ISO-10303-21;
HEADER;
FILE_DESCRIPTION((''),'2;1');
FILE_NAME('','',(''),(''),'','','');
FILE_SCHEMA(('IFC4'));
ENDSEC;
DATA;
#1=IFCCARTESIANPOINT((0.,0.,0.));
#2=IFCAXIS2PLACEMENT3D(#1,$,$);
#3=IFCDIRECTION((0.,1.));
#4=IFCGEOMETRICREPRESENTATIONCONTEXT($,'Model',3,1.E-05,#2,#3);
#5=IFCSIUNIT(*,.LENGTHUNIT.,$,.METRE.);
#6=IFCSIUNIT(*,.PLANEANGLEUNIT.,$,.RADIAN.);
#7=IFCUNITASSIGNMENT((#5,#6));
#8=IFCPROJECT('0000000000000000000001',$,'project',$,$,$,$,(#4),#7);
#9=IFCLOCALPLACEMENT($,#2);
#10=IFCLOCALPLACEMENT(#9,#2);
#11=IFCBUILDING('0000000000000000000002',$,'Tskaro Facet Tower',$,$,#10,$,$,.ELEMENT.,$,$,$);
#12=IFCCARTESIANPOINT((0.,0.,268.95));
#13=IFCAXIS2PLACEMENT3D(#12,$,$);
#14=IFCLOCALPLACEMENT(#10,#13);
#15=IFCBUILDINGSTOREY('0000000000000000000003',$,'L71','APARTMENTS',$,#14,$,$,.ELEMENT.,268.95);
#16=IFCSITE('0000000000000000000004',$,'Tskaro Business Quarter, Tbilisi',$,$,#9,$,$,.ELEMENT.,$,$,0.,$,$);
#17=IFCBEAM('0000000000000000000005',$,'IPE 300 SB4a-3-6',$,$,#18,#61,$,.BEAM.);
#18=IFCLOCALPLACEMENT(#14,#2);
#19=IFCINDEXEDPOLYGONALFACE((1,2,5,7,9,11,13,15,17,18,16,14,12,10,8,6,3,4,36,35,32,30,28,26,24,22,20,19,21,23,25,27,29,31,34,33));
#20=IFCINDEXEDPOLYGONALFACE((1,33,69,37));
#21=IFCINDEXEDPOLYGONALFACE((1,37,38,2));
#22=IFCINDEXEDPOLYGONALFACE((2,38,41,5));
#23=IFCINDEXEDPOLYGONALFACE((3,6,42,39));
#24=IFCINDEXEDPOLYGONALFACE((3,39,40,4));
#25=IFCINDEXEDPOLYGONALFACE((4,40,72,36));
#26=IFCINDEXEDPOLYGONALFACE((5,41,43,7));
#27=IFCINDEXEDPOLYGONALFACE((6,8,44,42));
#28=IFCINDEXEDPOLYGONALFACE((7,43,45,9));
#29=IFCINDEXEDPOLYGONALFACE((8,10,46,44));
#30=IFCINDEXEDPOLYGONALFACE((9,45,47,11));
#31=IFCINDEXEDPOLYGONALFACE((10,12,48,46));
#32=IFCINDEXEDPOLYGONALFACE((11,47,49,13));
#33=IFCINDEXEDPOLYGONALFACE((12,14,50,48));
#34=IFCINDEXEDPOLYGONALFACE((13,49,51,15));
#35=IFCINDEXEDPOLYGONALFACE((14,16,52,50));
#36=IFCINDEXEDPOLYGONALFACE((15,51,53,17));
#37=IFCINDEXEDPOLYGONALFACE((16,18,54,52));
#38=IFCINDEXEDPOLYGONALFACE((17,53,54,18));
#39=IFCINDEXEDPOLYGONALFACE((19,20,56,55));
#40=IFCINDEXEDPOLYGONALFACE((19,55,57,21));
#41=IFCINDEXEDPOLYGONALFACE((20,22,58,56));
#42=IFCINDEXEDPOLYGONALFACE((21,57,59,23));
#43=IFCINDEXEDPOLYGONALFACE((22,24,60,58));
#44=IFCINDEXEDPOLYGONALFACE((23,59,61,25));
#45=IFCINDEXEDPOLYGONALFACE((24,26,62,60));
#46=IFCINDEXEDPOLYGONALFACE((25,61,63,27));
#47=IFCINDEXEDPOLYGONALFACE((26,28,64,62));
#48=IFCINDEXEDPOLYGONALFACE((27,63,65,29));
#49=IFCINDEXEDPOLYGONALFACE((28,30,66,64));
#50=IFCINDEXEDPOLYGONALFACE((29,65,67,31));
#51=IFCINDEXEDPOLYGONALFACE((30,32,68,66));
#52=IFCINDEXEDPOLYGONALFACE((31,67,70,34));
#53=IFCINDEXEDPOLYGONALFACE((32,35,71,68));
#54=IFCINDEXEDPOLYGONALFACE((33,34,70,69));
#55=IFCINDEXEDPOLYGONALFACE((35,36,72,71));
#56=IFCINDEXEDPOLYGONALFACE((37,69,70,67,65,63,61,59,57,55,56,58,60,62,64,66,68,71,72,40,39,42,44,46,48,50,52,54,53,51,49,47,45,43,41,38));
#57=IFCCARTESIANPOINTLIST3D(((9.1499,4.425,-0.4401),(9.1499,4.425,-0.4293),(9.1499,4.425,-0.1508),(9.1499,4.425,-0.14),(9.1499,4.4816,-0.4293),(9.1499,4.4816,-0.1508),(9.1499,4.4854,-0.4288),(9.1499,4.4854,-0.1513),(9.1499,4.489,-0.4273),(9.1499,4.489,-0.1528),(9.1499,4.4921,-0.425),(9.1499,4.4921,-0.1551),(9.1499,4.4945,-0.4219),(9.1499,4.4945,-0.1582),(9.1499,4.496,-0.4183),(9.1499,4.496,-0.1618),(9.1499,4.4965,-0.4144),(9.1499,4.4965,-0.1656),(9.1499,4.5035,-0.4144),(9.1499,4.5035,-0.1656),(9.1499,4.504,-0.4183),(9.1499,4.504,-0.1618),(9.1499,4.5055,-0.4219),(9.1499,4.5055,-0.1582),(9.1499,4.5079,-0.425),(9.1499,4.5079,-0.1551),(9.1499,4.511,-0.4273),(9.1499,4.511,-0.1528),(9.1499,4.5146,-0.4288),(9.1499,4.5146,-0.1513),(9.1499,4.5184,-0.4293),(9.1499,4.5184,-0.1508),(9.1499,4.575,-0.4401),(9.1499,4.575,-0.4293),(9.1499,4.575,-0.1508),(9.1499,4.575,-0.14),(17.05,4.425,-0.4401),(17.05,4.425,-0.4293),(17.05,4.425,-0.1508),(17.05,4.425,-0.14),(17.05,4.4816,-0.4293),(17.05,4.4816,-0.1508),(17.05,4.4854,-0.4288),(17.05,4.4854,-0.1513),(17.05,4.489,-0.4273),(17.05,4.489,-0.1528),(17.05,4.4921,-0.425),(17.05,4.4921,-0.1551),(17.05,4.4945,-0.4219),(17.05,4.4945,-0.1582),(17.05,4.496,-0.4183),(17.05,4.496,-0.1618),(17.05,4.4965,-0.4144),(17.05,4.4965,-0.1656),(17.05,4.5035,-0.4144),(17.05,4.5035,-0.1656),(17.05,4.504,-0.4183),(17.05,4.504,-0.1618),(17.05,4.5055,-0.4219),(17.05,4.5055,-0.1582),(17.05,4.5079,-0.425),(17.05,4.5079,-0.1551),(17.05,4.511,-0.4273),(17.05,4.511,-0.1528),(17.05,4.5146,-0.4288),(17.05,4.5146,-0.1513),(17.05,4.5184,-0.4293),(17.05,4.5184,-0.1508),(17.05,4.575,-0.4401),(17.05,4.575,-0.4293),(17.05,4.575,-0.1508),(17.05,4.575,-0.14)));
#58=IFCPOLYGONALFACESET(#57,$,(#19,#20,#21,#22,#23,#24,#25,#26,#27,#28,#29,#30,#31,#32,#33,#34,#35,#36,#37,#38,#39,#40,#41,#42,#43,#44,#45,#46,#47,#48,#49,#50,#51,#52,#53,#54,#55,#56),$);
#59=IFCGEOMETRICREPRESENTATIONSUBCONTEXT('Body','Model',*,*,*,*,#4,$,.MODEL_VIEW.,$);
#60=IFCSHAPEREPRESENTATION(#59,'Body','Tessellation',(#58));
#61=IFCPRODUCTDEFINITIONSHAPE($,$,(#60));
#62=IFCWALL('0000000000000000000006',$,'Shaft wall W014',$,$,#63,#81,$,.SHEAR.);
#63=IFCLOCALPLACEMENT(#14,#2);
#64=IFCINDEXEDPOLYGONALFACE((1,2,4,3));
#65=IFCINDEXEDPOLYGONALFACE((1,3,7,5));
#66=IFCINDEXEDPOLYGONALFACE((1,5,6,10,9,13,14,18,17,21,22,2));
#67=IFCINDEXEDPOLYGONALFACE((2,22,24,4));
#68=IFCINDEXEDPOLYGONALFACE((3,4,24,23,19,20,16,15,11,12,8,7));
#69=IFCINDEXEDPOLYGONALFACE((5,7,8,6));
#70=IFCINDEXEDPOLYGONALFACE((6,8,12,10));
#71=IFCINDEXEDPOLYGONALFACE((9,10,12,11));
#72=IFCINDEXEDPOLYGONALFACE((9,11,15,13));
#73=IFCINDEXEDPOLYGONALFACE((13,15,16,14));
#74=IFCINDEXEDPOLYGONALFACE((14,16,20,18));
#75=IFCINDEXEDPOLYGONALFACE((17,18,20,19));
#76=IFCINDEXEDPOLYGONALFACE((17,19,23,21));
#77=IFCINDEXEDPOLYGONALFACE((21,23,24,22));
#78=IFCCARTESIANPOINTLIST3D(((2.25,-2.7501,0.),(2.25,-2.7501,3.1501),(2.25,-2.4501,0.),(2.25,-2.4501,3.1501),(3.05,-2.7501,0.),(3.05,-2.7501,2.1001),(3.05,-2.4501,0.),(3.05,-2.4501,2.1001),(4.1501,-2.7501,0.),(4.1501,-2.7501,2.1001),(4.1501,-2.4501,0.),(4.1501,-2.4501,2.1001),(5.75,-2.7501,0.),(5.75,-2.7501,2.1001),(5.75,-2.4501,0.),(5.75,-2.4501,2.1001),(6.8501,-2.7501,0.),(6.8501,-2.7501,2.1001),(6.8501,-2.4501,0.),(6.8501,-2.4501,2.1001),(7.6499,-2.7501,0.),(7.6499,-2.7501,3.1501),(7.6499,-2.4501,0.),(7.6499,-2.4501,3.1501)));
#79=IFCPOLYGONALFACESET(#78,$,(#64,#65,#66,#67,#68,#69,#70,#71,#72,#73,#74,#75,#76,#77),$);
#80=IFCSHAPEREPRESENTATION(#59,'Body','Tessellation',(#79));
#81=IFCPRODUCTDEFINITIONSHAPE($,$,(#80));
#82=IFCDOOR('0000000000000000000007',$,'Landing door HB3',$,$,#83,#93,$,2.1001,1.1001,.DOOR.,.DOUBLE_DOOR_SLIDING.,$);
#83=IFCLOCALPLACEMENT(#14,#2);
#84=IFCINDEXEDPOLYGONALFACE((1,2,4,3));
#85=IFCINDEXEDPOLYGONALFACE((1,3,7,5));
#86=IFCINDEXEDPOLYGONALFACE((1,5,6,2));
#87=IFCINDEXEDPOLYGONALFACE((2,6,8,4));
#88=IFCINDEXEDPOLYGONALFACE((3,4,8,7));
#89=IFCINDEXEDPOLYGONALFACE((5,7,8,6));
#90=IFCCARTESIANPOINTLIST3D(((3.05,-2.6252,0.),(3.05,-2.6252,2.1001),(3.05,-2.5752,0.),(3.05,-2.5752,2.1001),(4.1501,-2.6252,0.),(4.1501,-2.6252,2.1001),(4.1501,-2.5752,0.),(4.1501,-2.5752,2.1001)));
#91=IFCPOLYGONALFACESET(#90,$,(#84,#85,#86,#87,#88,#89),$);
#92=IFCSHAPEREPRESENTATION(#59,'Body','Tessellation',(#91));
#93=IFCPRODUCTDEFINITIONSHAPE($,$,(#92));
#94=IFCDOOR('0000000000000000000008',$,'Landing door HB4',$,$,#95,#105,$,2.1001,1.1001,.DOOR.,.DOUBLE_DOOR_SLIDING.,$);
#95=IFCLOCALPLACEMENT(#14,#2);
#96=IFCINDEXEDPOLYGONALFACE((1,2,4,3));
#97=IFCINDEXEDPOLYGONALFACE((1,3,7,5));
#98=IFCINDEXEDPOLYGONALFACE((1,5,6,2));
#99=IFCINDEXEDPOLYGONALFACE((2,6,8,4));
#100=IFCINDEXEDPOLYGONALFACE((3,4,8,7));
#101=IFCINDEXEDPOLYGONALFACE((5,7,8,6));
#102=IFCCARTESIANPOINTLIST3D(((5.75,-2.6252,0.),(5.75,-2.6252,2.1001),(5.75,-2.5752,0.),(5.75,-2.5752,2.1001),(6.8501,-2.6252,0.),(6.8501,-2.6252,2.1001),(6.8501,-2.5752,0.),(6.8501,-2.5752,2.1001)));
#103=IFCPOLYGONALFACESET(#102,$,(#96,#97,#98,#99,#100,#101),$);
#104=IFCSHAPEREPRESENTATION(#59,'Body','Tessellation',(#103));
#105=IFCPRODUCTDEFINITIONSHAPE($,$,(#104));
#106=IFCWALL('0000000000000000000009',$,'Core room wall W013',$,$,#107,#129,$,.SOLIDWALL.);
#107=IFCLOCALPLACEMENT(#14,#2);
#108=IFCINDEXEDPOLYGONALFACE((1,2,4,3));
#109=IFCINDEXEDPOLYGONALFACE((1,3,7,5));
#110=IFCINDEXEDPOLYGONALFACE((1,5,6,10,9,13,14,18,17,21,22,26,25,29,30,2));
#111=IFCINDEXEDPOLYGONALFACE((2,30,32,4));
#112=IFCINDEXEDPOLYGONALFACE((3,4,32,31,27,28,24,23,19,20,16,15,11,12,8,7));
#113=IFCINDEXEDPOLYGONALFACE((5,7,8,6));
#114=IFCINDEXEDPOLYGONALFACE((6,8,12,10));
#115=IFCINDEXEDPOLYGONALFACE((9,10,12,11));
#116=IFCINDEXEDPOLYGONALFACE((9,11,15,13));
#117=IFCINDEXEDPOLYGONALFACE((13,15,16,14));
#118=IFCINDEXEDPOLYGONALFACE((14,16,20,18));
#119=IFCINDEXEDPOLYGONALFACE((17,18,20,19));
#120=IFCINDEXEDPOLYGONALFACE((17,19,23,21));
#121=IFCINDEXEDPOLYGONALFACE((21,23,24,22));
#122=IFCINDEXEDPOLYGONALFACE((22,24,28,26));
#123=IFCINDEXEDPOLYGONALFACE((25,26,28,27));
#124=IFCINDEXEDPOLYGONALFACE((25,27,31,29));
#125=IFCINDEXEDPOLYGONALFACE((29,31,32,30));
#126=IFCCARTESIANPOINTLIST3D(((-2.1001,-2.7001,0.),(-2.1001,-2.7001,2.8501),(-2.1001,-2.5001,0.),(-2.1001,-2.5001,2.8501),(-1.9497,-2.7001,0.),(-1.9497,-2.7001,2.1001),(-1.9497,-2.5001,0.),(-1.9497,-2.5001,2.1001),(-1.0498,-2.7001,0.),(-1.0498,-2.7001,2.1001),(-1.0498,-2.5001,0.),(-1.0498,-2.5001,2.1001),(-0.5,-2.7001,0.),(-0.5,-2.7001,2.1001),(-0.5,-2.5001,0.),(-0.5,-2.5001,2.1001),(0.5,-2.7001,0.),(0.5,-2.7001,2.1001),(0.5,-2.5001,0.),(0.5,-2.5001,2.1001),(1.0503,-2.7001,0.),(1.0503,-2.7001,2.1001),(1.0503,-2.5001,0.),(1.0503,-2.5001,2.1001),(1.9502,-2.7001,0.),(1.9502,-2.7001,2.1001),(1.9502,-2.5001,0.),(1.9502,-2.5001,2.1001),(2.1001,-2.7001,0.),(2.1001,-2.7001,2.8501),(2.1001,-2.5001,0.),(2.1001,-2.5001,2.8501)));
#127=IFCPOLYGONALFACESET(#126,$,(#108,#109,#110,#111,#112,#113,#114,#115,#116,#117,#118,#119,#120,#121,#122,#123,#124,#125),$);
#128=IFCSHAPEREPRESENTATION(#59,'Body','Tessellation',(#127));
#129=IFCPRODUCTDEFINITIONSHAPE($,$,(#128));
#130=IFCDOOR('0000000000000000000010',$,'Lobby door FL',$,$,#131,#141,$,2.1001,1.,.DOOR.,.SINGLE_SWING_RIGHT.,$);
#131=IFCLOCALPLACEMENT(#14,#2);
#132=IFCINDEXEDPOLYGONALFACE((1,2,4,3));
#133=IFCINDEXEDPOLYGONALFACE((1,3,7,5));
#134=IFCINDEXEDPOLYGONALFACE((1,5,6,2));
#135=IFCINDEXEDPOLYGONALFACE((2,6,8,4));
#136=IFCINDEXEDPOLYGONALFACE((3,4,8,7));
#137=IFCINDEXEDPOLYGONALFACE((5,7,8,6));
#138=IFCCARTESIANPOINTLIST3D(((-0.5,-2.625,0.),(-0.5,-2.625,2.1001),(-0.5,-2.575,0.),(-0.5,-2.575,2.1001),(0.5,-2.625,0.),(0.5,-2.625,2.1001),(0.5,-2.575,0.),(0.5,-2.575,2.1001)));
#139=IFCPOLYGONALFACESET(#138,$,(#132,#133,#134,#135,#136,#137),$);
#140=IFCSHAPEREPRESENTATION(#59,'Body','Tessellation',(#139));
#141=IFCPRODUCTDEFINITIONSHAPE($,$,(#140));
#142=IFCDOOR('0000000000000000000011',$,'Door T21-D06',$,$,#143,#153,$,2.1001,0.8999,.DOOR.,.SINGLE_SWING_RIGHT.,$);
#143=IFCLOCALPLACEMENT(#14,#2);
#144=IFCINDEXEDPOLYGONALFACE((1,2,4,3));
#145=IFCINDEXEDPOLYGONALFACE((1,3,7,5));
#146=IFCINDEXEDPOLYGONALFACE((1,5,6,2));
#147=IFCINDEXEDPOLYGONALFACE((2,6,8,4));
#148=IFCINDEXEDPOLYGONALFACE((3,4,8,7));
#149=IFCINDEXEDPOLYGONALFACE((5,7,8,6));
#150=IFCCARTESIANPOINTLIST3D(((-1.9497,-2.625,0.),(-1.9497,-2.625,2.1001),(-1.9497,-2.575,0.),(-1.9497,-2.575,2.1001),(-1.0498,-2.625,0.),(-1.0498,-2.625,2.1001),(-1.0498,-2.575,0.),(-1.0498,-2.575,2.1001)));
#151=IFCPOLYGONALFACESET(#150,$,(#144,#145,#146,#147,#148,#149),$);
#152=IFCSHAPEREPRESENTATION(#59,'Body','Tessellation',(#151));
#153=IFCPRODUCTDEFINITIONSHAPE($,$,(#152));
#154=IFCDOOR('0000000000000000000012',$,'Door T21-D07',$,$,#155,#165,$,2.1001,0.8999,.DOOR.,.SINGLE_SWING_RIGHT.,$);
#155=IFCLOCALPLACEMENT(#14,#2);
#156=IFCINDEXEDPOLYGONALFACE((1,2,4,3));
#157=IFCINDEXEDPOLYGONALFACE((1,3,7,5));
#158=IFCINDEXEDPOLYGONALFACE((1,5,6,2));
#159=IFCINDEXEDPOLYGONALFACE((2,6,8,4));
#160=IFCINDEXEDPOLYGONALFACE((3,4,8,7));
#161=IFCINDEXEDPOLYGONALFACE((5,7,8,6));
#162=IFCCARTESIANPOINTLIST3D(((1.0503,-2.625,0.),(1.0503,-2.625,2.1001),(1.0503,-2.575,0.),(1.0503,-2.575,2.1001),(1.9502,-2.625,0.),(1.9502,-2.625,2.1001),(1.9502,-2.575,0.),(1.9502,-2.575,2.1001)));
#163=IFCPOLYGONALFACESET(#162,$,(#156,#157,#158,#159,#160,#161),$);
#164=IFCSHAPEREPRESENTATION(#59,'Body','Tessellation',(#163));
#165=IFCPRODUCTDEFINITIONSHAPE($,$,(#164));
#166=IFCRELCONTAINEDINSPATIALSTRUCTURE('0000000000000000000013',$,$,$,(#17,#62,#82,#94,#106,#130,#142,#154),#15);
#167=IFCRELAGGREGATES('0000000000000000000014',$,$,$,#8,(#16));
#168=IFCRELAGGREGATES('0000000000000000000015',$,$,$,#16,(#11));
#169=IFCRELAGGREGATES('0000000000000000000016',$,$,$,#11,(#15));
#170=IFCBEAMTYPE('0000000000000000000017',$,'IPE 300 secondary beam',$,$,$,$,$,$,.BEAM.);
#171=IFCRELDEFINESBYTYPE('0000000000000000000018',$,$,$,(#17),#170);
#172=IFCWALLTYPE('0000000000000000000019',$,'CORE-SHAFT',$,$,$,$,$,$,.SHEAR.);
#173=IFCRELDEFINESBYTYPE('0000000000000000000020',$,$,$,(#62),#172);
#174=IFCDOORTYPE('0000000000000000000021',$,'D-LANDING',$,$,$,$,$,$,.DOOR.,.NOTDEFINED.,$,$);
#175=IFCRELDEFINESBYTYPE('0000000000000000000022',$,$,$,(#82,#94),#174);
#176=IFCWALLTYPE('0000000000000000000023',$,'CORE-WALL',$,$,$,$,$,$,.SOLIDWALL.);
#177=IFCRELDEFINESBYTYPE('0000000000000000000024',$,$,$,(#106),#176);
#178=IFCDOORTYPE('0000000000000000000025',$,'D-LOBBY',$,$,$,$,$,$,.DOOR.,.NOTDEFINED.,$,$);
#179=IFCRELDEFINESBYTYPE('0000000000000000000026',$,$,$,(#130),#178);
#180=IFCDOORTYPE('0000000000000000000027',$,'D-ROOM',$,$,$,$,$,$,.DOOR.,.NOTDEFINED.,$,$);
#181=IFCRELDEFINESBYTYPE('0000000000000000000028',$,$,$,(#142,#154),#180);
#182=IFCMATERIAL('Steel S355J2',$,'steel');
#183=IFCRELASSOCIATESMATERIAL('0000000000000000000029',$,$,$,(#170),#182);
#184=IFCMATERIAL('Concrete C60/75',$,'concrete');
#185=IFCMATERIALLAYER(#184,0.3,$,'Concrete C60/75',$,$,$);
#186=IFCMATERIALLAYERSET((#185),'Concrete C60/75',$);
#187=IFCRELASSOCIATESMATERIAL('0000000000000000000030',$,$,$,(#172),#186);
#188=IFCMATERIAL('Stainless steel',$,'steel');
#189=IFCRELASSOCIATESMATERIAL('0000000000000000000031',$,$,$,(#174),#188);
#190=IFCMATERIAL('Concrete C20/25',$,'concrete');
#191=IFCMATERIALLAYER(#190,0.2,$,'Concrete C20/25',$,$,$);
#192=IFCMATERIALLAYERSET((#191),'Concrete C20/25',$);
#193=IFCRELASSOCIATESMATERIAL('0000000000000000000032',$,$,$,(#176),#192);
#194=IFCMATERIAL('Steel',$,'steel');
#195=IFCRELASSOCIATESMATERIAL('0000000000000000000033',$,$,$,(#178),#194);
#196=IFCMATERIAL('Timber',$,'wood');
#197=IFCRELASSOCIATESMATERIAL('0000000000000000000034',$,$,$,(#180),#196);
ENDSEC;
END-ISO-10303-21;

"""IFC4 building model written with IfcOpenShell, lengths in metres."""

from ifc_helpers import new_model, si_unit, direction, frame, frame_2d, origin, origin_2d, place, context, subcontext, project, spatial, rectangle, i_section, extrude, material, layer, layer_set, material_profile, profile_set, type_object, element, fill, save


model = new_model("IFC4")

# Units and contexts
model_context = context("Model", 3, precision=1e-05, world=origin(), true_north=direction((0.0, 1.0)))
body_context = subcontext(model_context, "Body", "Model", "MODEL_VIEW")
ifc_project = project(units=[si_unit("LENGTHUNIT", "METRE"), si_unit("PLANEANGLEUNIT", "RADIAN")], contexts=[model_context])

# Site, building, storey
site_placement = place(None, origin())
site = spatial("IfcSite", under=ifc_project, at=site_placement, Name="Tskaro Business Quarter, Tbilisi", CompositionType="ELEMENT", RefElevation=0.0)
building_placement = place(site_placement, origin())
building = spatial("IfcBuilding", under=site, at=building_placement, Name="Tskaro Facet Tower", CompositionType="ELEMENT")
storey_placement = place(building_placement, frame((0.0, 0.0, 268.95)))
storey = spatial("IfcBuildingStorey", under=building, at=storey_placement, Name="L71", Description="APARTMENTS", CompositionType="ELEMENT", Elevation=268.95)

# Beam
ifc_material_1 = material(Name="Steel S355J2", Category="steel")
ifc_material_profile_1 = material_profile(ifc_material_1, i_section(OverallWidth=0.1499, OverallDepth=0.3, WebThickness=0.0071, FlangeThickness=0.0107, FilletRadius=0.0149, at=origin_2d()), Name="IPE 300")
ifc_profile_set_1 = profile_set([ifc_material_profile_1], Name="Steel S355J2")
beam_type_1 = type_object("IfcBeamType", Name="IPE 300 secondary beam", PredefinedType="BEAM", material=ifc_profile_set_1)
beam_1_placement = place(storey_placement, frame((9.1499, 4.5, -0.29), z_axis=(1.0, 0.0, 0.0), x_axis=(0.0, 1.0, 0.0)))
element("IfcBeam", 1, at=beam_1_placement, inside=storey, type_object=beam_type_1, Name="IPE 300 SB4a-3-6", PredefinedType="BEAM", context=body_context, shape_type="SweptSolid", body=[
    extrude(i_section(OverallWidth=0.1499, OverallDepth=0.3, WebThickness=0.0071, FlangeThickness=0.0107, FilletRadius=0.0149, at=origin_2d()), origin(), (0.0, 0.0, 1.0), 7.9001),
])

# Walls, openings, doors
ifc_material_2 = material(Name="Concrete C60/75", Category="concrete")
ifc_layer_1 = layer(ifc_material_2, 0.3, Name="Concrete C60/75")
ifc_layer_set_1 = layer_set([ifc_layer_1], Name="Concrete C60/75")
wall_type_1 = type_object("IfcWallType", Name="CORE-SHAFT", PredefinedType="SHEAR", material=ifc_layer_set_1)
wall_1_placement = place(storey_placement, frame((2.25, -2.6001, 0.0), z_axis=(0.0, 0.0, 1.0), x_axis=(1.0, 0.0, 0.0)))
wall_1 = element("IfcWall", 2, at=wall_1_placement, inside=storey, type_object=wall_type_1, Name="Shaft wall W014", PredefinedType="SHEAR", context=body_context, shape_type="SweptSolid", body=[
    extrude(rectangle(XDim=5.3999, YDim=0.3, at=frame_2d((2.7, 0.0))), origin(), (0.0, 0.0, 1.0), 3.1501),
])
opening_1_placement = place(wall_1_placement, frame((0.8, 0.0, 0.0)))
opening_1 = element("IfcOpeningElement", 3, at=opening_1_placement, cuts=wall_1, PredefinedType="OPENING", context=body_context, shape_type="SweptSolid", body=[
    extrude(rectangle(XDim=1.1001, YDim=2.1001, at=frame_2d((0.55, 1.05))), frame((0.0, 0.1599, 0.0), z_axis=(0.0, -1.0, 0.0), x_axis=(1.0, 0.0, 0.0)), (0.0, 0.0, 1.0), 0.3201),
])
opening_2_placement = place(wall_1_placement, frame((3.5, 0.0, 0.0)))
opening_2 = element("IfcOpeningElement", 4, at=opening_2_placement, cuts=wall_1, PredefinedType="OPENING", context=body_context, shape_type="SweptSolid", body=[
    extrude(rectangle(XDim=1.1001, YDim=2.1001, at=frame_2d((0.55, 1.05))), frame((0.0, 0.1599, 0.0), z_axis=(0.0, -1.0, 0.0), x_axis=(1.0, 0.0, 0.0)), (0.0, 0.0, 1.0), 0.3201),
])
ifc_material_3 = material(Name="Stainless steel", Category="steel")
door_type_1 = type_object("IfcDoorType", Name="D-LANDING", OperationType="NOTDEFINED", PredefinedType="DOOR", material=ifc_material_3)
door_1_placement = place(opening_1_placement, origin())
door_1 = element("IfcDoor", 5, at=door_1_placement, inside=storey, type_object=door_type_1, Name="Landing door HB3", OperationType="DOUBLE_DOOR_SLIDING", OverallHeight=2.1001, OverallWidth=1.1001, PredefinedType="DOOR", context=body_context, shape_type="SweptSolid", body=[
    extrude(rectangle(XDim=1.1001, YDim=2.1001, at=frame_2d((0.55, 1.05))), frame((0.0, 0.0249, 0.0), z_axis=(0.0, -1.0, 0.0), x_axis=(1.0, 0.0, 0.0)), (0.0, 0.0, 1.0), 0.05),
])
fill(opening_1, door_1)
door_2_placement = place(opening_2_placement, origin())
door_2 = element("IfcDoor", 6, at=door_2_placement, inside=storey, type_object=door_type_1, Name="Landing door HB4", OperationType="DOUBLE_DOOR_SLIDING", OverallHeight=2.1001, OverallWidth=1.1001, PredefinedType="DOOR", context=body_context, shape_type="SweptSolid", body=[
    extrude(rectangle(XDim=1.1001, YDim=2.1001, at=frame_2d((0.55, 1.05))), frame((0.0, 0.0249, 0.0), z_axis=(0.0, -1.0, 0.0), x_axis=(1.0, 0.0, 0.0)), (0.0, 0.0, 1.0), 0.05),
])
fill(opening_2, door_2)
ifc_material_4 = material(Name="Concrete C20/25", Category="concrete")
ifc_layer_2 = layer(ifc_material_4, 0.2, Name="Concrete C20/25")
ifc_layer_set_2 = layer_set([ifc_layer_2], Name="Concrete C20/25")
wall_type_2 = type_object("IfcWallType", Name="CORE-WALL", PredefinedType="SOLIDWALL", material=ifc_layer_set_2)
wall_2_placement = place(storey_placement, frame((2.1001, -2.6001, 0.0), z_axis=(0.0, 0.0, 1.0), x_axis=(-1.0, 0.0, 0.0)))
wall_2 = element("IfcWall", 7, at=wall_2_placement, inside=storey, type_object=wall_type_2, Name="Core room wall W013", PredefinedType="SOLIDWALL", context=body_context, shape_type="SweptSolid", body=[
    extrude(rectangle(XDim=4.2002, YDim=0.2, at=frame_2d((2.1001, 0.0))), origin(), (0.0, 0.0, 1.0), 2.8501),
])
opening_3_placement = place(wall_2_placement, frame((1.6001, 0.0, 0.0)))
opening_3 = element("IfcOpeningElement", 8, at=opening_3_placement, cuts=wall_2, PredefinedType="OPENING", context=body_context, shape_type="SweptSolid", body=[
    extrude(rectangle(XDim=1.0, YDim=2.1001, at=frame_2d((0.5, 1.05))), frame((0.0, 0.1099, 0.0), z_axis=(0.0, -1.0, 0.0), x_axis=(1.0, 0.0, 0.0)), (0.0, 0.0, 1.0), 0.22),
])
opening_4_placement = place(wall_2_placement, frame((3.1499, 0.0, 0.0)))
opening_4 = element("IfcOpeningElement", 9, at=opening_4_placement, cuts=wall_2, PredefinedType="OPENING", context=body_context, shape_type="SweptSolid", body=[
    extrude(rectangle(XDim=0.8999, YDim=2.1001, at=frame_2d((0.45, 1.05))), frame((0.0, 0.1099, 0.0), z_axis=(0.0, -1.0, 0.0), x_axis=(1.0, 0.0, 0.0)), (0.0, 0.0, 1.0), 0.22),
])
opening_5_placement = place(wall_2_placement, frame((0.1499, 0.0, 0.0)))
opening_5 = element("IfcOpeningElement", 10, at=opening_5_placement, cuts=wall_2, PredefinedType="OPENING", context=body_context, shape_type="SweptSolid", body=[
    extrude(rectangle(XDim=0.8999, YDim=2.1001, at=frame_2d((0.45, 1.05))), frame((0.0, 0.1099, 0.0), z_axis=(0.0, -1.0, 0.0), x_axis=(1.0, 0.0, 0.0)), (0.0, 0.0, 1.0), 0.22),
])
ifc_material_5 = material(Name="Steel", Category="steel")
door_type_2 = type_object("IfcDoorType", Name="D-LOBBY", OperationType="NOTDEFINED", PredefinedType="DOOR", material=ifc_material_5)
door_3_placement = place(opening_3_placement, origin())
door_3 = element("IfcDoor", 11, at=door_3_placement, inside=storey, type_object=door_type_2, Name="Lobby door FL", OperationType="SINGLE_SWING_RIGHT", OverallHeight=2.1001, OverallWidth=1.0, PredefinedType="DOOR", context=body_context, shape_type="SweptSolid", body=[
    extrude(rectangle(XDim=1.0, YDim=2.1001, at=frame_2d((0.5, 1.05))), frame((0.0, 0.0249, 0.0), z_axis=(0.0, -1.0, 0.0), x_axis=(1.0, 0.0, 0.0)), (0.0, 0.0, 1.0), 0.05),
])
fill(opening_3, door_3)
ifc_material_6 = material(Name="Timber", Category="wood")
door_type_3 = type_object("IfcDoorType", Name="D-ROOM", OperationType="NOTDEFINED", PredefinedType="DOOR", material=ifc_material_6)
door_4_placement = place(opening_4_placement, origin())
door_4 = element("IfcDoor", 12, at=door_4_placement, inside=storey, type_object=door_type_3, Name="Door T21-D06", OperationType="SINGLE_SWING_RIGHT", OverallHeight=2.1001, OverallWidth=0.8999, PredefinedType="DOOR", context=body_context, shape_type="SweptSolid", body=[
    extrude(rectangle(XDim=0.8999, YDim=2.1001, at=frame_2d((0.45, 1.05))), frame((0.0, 0.0249, 0.0), z_axis=(0.0, -1.0, 0.0), x_axis=(1.0, 0.0, 0.0)), (0.0, 0.0, 1.0), 0.05),
])
fill(opening_4, door_4)
door_5_placement = place(opening_5_placement, origin())
door_5 = element("IfcDoor", 13, at=door_5_placement, inside=storey, type_object=door_type_3, Name="Door T21-D07", OperationType="SINGLE_SWING_RIGHT", OverallHeight=2.1001, OverallWidth=0.8999, PredefinedType="DOOR", context=body_context, shape_type="SweptSolid", body=[
    extrude(rectangle(XDim=0.8999, YDim=2.1001, at=frame_2d((0.45, 1.05))), frame((0.0, 0.0249, 0.0), z_axis=(0.0, -1.0, 0.0), x_axis=(1.0, 0.0, 0.0)), (0.0, 0.0, 1.0), 0.05),
])
fill(opening_5, door_5)

save(model, "model.ifc")
